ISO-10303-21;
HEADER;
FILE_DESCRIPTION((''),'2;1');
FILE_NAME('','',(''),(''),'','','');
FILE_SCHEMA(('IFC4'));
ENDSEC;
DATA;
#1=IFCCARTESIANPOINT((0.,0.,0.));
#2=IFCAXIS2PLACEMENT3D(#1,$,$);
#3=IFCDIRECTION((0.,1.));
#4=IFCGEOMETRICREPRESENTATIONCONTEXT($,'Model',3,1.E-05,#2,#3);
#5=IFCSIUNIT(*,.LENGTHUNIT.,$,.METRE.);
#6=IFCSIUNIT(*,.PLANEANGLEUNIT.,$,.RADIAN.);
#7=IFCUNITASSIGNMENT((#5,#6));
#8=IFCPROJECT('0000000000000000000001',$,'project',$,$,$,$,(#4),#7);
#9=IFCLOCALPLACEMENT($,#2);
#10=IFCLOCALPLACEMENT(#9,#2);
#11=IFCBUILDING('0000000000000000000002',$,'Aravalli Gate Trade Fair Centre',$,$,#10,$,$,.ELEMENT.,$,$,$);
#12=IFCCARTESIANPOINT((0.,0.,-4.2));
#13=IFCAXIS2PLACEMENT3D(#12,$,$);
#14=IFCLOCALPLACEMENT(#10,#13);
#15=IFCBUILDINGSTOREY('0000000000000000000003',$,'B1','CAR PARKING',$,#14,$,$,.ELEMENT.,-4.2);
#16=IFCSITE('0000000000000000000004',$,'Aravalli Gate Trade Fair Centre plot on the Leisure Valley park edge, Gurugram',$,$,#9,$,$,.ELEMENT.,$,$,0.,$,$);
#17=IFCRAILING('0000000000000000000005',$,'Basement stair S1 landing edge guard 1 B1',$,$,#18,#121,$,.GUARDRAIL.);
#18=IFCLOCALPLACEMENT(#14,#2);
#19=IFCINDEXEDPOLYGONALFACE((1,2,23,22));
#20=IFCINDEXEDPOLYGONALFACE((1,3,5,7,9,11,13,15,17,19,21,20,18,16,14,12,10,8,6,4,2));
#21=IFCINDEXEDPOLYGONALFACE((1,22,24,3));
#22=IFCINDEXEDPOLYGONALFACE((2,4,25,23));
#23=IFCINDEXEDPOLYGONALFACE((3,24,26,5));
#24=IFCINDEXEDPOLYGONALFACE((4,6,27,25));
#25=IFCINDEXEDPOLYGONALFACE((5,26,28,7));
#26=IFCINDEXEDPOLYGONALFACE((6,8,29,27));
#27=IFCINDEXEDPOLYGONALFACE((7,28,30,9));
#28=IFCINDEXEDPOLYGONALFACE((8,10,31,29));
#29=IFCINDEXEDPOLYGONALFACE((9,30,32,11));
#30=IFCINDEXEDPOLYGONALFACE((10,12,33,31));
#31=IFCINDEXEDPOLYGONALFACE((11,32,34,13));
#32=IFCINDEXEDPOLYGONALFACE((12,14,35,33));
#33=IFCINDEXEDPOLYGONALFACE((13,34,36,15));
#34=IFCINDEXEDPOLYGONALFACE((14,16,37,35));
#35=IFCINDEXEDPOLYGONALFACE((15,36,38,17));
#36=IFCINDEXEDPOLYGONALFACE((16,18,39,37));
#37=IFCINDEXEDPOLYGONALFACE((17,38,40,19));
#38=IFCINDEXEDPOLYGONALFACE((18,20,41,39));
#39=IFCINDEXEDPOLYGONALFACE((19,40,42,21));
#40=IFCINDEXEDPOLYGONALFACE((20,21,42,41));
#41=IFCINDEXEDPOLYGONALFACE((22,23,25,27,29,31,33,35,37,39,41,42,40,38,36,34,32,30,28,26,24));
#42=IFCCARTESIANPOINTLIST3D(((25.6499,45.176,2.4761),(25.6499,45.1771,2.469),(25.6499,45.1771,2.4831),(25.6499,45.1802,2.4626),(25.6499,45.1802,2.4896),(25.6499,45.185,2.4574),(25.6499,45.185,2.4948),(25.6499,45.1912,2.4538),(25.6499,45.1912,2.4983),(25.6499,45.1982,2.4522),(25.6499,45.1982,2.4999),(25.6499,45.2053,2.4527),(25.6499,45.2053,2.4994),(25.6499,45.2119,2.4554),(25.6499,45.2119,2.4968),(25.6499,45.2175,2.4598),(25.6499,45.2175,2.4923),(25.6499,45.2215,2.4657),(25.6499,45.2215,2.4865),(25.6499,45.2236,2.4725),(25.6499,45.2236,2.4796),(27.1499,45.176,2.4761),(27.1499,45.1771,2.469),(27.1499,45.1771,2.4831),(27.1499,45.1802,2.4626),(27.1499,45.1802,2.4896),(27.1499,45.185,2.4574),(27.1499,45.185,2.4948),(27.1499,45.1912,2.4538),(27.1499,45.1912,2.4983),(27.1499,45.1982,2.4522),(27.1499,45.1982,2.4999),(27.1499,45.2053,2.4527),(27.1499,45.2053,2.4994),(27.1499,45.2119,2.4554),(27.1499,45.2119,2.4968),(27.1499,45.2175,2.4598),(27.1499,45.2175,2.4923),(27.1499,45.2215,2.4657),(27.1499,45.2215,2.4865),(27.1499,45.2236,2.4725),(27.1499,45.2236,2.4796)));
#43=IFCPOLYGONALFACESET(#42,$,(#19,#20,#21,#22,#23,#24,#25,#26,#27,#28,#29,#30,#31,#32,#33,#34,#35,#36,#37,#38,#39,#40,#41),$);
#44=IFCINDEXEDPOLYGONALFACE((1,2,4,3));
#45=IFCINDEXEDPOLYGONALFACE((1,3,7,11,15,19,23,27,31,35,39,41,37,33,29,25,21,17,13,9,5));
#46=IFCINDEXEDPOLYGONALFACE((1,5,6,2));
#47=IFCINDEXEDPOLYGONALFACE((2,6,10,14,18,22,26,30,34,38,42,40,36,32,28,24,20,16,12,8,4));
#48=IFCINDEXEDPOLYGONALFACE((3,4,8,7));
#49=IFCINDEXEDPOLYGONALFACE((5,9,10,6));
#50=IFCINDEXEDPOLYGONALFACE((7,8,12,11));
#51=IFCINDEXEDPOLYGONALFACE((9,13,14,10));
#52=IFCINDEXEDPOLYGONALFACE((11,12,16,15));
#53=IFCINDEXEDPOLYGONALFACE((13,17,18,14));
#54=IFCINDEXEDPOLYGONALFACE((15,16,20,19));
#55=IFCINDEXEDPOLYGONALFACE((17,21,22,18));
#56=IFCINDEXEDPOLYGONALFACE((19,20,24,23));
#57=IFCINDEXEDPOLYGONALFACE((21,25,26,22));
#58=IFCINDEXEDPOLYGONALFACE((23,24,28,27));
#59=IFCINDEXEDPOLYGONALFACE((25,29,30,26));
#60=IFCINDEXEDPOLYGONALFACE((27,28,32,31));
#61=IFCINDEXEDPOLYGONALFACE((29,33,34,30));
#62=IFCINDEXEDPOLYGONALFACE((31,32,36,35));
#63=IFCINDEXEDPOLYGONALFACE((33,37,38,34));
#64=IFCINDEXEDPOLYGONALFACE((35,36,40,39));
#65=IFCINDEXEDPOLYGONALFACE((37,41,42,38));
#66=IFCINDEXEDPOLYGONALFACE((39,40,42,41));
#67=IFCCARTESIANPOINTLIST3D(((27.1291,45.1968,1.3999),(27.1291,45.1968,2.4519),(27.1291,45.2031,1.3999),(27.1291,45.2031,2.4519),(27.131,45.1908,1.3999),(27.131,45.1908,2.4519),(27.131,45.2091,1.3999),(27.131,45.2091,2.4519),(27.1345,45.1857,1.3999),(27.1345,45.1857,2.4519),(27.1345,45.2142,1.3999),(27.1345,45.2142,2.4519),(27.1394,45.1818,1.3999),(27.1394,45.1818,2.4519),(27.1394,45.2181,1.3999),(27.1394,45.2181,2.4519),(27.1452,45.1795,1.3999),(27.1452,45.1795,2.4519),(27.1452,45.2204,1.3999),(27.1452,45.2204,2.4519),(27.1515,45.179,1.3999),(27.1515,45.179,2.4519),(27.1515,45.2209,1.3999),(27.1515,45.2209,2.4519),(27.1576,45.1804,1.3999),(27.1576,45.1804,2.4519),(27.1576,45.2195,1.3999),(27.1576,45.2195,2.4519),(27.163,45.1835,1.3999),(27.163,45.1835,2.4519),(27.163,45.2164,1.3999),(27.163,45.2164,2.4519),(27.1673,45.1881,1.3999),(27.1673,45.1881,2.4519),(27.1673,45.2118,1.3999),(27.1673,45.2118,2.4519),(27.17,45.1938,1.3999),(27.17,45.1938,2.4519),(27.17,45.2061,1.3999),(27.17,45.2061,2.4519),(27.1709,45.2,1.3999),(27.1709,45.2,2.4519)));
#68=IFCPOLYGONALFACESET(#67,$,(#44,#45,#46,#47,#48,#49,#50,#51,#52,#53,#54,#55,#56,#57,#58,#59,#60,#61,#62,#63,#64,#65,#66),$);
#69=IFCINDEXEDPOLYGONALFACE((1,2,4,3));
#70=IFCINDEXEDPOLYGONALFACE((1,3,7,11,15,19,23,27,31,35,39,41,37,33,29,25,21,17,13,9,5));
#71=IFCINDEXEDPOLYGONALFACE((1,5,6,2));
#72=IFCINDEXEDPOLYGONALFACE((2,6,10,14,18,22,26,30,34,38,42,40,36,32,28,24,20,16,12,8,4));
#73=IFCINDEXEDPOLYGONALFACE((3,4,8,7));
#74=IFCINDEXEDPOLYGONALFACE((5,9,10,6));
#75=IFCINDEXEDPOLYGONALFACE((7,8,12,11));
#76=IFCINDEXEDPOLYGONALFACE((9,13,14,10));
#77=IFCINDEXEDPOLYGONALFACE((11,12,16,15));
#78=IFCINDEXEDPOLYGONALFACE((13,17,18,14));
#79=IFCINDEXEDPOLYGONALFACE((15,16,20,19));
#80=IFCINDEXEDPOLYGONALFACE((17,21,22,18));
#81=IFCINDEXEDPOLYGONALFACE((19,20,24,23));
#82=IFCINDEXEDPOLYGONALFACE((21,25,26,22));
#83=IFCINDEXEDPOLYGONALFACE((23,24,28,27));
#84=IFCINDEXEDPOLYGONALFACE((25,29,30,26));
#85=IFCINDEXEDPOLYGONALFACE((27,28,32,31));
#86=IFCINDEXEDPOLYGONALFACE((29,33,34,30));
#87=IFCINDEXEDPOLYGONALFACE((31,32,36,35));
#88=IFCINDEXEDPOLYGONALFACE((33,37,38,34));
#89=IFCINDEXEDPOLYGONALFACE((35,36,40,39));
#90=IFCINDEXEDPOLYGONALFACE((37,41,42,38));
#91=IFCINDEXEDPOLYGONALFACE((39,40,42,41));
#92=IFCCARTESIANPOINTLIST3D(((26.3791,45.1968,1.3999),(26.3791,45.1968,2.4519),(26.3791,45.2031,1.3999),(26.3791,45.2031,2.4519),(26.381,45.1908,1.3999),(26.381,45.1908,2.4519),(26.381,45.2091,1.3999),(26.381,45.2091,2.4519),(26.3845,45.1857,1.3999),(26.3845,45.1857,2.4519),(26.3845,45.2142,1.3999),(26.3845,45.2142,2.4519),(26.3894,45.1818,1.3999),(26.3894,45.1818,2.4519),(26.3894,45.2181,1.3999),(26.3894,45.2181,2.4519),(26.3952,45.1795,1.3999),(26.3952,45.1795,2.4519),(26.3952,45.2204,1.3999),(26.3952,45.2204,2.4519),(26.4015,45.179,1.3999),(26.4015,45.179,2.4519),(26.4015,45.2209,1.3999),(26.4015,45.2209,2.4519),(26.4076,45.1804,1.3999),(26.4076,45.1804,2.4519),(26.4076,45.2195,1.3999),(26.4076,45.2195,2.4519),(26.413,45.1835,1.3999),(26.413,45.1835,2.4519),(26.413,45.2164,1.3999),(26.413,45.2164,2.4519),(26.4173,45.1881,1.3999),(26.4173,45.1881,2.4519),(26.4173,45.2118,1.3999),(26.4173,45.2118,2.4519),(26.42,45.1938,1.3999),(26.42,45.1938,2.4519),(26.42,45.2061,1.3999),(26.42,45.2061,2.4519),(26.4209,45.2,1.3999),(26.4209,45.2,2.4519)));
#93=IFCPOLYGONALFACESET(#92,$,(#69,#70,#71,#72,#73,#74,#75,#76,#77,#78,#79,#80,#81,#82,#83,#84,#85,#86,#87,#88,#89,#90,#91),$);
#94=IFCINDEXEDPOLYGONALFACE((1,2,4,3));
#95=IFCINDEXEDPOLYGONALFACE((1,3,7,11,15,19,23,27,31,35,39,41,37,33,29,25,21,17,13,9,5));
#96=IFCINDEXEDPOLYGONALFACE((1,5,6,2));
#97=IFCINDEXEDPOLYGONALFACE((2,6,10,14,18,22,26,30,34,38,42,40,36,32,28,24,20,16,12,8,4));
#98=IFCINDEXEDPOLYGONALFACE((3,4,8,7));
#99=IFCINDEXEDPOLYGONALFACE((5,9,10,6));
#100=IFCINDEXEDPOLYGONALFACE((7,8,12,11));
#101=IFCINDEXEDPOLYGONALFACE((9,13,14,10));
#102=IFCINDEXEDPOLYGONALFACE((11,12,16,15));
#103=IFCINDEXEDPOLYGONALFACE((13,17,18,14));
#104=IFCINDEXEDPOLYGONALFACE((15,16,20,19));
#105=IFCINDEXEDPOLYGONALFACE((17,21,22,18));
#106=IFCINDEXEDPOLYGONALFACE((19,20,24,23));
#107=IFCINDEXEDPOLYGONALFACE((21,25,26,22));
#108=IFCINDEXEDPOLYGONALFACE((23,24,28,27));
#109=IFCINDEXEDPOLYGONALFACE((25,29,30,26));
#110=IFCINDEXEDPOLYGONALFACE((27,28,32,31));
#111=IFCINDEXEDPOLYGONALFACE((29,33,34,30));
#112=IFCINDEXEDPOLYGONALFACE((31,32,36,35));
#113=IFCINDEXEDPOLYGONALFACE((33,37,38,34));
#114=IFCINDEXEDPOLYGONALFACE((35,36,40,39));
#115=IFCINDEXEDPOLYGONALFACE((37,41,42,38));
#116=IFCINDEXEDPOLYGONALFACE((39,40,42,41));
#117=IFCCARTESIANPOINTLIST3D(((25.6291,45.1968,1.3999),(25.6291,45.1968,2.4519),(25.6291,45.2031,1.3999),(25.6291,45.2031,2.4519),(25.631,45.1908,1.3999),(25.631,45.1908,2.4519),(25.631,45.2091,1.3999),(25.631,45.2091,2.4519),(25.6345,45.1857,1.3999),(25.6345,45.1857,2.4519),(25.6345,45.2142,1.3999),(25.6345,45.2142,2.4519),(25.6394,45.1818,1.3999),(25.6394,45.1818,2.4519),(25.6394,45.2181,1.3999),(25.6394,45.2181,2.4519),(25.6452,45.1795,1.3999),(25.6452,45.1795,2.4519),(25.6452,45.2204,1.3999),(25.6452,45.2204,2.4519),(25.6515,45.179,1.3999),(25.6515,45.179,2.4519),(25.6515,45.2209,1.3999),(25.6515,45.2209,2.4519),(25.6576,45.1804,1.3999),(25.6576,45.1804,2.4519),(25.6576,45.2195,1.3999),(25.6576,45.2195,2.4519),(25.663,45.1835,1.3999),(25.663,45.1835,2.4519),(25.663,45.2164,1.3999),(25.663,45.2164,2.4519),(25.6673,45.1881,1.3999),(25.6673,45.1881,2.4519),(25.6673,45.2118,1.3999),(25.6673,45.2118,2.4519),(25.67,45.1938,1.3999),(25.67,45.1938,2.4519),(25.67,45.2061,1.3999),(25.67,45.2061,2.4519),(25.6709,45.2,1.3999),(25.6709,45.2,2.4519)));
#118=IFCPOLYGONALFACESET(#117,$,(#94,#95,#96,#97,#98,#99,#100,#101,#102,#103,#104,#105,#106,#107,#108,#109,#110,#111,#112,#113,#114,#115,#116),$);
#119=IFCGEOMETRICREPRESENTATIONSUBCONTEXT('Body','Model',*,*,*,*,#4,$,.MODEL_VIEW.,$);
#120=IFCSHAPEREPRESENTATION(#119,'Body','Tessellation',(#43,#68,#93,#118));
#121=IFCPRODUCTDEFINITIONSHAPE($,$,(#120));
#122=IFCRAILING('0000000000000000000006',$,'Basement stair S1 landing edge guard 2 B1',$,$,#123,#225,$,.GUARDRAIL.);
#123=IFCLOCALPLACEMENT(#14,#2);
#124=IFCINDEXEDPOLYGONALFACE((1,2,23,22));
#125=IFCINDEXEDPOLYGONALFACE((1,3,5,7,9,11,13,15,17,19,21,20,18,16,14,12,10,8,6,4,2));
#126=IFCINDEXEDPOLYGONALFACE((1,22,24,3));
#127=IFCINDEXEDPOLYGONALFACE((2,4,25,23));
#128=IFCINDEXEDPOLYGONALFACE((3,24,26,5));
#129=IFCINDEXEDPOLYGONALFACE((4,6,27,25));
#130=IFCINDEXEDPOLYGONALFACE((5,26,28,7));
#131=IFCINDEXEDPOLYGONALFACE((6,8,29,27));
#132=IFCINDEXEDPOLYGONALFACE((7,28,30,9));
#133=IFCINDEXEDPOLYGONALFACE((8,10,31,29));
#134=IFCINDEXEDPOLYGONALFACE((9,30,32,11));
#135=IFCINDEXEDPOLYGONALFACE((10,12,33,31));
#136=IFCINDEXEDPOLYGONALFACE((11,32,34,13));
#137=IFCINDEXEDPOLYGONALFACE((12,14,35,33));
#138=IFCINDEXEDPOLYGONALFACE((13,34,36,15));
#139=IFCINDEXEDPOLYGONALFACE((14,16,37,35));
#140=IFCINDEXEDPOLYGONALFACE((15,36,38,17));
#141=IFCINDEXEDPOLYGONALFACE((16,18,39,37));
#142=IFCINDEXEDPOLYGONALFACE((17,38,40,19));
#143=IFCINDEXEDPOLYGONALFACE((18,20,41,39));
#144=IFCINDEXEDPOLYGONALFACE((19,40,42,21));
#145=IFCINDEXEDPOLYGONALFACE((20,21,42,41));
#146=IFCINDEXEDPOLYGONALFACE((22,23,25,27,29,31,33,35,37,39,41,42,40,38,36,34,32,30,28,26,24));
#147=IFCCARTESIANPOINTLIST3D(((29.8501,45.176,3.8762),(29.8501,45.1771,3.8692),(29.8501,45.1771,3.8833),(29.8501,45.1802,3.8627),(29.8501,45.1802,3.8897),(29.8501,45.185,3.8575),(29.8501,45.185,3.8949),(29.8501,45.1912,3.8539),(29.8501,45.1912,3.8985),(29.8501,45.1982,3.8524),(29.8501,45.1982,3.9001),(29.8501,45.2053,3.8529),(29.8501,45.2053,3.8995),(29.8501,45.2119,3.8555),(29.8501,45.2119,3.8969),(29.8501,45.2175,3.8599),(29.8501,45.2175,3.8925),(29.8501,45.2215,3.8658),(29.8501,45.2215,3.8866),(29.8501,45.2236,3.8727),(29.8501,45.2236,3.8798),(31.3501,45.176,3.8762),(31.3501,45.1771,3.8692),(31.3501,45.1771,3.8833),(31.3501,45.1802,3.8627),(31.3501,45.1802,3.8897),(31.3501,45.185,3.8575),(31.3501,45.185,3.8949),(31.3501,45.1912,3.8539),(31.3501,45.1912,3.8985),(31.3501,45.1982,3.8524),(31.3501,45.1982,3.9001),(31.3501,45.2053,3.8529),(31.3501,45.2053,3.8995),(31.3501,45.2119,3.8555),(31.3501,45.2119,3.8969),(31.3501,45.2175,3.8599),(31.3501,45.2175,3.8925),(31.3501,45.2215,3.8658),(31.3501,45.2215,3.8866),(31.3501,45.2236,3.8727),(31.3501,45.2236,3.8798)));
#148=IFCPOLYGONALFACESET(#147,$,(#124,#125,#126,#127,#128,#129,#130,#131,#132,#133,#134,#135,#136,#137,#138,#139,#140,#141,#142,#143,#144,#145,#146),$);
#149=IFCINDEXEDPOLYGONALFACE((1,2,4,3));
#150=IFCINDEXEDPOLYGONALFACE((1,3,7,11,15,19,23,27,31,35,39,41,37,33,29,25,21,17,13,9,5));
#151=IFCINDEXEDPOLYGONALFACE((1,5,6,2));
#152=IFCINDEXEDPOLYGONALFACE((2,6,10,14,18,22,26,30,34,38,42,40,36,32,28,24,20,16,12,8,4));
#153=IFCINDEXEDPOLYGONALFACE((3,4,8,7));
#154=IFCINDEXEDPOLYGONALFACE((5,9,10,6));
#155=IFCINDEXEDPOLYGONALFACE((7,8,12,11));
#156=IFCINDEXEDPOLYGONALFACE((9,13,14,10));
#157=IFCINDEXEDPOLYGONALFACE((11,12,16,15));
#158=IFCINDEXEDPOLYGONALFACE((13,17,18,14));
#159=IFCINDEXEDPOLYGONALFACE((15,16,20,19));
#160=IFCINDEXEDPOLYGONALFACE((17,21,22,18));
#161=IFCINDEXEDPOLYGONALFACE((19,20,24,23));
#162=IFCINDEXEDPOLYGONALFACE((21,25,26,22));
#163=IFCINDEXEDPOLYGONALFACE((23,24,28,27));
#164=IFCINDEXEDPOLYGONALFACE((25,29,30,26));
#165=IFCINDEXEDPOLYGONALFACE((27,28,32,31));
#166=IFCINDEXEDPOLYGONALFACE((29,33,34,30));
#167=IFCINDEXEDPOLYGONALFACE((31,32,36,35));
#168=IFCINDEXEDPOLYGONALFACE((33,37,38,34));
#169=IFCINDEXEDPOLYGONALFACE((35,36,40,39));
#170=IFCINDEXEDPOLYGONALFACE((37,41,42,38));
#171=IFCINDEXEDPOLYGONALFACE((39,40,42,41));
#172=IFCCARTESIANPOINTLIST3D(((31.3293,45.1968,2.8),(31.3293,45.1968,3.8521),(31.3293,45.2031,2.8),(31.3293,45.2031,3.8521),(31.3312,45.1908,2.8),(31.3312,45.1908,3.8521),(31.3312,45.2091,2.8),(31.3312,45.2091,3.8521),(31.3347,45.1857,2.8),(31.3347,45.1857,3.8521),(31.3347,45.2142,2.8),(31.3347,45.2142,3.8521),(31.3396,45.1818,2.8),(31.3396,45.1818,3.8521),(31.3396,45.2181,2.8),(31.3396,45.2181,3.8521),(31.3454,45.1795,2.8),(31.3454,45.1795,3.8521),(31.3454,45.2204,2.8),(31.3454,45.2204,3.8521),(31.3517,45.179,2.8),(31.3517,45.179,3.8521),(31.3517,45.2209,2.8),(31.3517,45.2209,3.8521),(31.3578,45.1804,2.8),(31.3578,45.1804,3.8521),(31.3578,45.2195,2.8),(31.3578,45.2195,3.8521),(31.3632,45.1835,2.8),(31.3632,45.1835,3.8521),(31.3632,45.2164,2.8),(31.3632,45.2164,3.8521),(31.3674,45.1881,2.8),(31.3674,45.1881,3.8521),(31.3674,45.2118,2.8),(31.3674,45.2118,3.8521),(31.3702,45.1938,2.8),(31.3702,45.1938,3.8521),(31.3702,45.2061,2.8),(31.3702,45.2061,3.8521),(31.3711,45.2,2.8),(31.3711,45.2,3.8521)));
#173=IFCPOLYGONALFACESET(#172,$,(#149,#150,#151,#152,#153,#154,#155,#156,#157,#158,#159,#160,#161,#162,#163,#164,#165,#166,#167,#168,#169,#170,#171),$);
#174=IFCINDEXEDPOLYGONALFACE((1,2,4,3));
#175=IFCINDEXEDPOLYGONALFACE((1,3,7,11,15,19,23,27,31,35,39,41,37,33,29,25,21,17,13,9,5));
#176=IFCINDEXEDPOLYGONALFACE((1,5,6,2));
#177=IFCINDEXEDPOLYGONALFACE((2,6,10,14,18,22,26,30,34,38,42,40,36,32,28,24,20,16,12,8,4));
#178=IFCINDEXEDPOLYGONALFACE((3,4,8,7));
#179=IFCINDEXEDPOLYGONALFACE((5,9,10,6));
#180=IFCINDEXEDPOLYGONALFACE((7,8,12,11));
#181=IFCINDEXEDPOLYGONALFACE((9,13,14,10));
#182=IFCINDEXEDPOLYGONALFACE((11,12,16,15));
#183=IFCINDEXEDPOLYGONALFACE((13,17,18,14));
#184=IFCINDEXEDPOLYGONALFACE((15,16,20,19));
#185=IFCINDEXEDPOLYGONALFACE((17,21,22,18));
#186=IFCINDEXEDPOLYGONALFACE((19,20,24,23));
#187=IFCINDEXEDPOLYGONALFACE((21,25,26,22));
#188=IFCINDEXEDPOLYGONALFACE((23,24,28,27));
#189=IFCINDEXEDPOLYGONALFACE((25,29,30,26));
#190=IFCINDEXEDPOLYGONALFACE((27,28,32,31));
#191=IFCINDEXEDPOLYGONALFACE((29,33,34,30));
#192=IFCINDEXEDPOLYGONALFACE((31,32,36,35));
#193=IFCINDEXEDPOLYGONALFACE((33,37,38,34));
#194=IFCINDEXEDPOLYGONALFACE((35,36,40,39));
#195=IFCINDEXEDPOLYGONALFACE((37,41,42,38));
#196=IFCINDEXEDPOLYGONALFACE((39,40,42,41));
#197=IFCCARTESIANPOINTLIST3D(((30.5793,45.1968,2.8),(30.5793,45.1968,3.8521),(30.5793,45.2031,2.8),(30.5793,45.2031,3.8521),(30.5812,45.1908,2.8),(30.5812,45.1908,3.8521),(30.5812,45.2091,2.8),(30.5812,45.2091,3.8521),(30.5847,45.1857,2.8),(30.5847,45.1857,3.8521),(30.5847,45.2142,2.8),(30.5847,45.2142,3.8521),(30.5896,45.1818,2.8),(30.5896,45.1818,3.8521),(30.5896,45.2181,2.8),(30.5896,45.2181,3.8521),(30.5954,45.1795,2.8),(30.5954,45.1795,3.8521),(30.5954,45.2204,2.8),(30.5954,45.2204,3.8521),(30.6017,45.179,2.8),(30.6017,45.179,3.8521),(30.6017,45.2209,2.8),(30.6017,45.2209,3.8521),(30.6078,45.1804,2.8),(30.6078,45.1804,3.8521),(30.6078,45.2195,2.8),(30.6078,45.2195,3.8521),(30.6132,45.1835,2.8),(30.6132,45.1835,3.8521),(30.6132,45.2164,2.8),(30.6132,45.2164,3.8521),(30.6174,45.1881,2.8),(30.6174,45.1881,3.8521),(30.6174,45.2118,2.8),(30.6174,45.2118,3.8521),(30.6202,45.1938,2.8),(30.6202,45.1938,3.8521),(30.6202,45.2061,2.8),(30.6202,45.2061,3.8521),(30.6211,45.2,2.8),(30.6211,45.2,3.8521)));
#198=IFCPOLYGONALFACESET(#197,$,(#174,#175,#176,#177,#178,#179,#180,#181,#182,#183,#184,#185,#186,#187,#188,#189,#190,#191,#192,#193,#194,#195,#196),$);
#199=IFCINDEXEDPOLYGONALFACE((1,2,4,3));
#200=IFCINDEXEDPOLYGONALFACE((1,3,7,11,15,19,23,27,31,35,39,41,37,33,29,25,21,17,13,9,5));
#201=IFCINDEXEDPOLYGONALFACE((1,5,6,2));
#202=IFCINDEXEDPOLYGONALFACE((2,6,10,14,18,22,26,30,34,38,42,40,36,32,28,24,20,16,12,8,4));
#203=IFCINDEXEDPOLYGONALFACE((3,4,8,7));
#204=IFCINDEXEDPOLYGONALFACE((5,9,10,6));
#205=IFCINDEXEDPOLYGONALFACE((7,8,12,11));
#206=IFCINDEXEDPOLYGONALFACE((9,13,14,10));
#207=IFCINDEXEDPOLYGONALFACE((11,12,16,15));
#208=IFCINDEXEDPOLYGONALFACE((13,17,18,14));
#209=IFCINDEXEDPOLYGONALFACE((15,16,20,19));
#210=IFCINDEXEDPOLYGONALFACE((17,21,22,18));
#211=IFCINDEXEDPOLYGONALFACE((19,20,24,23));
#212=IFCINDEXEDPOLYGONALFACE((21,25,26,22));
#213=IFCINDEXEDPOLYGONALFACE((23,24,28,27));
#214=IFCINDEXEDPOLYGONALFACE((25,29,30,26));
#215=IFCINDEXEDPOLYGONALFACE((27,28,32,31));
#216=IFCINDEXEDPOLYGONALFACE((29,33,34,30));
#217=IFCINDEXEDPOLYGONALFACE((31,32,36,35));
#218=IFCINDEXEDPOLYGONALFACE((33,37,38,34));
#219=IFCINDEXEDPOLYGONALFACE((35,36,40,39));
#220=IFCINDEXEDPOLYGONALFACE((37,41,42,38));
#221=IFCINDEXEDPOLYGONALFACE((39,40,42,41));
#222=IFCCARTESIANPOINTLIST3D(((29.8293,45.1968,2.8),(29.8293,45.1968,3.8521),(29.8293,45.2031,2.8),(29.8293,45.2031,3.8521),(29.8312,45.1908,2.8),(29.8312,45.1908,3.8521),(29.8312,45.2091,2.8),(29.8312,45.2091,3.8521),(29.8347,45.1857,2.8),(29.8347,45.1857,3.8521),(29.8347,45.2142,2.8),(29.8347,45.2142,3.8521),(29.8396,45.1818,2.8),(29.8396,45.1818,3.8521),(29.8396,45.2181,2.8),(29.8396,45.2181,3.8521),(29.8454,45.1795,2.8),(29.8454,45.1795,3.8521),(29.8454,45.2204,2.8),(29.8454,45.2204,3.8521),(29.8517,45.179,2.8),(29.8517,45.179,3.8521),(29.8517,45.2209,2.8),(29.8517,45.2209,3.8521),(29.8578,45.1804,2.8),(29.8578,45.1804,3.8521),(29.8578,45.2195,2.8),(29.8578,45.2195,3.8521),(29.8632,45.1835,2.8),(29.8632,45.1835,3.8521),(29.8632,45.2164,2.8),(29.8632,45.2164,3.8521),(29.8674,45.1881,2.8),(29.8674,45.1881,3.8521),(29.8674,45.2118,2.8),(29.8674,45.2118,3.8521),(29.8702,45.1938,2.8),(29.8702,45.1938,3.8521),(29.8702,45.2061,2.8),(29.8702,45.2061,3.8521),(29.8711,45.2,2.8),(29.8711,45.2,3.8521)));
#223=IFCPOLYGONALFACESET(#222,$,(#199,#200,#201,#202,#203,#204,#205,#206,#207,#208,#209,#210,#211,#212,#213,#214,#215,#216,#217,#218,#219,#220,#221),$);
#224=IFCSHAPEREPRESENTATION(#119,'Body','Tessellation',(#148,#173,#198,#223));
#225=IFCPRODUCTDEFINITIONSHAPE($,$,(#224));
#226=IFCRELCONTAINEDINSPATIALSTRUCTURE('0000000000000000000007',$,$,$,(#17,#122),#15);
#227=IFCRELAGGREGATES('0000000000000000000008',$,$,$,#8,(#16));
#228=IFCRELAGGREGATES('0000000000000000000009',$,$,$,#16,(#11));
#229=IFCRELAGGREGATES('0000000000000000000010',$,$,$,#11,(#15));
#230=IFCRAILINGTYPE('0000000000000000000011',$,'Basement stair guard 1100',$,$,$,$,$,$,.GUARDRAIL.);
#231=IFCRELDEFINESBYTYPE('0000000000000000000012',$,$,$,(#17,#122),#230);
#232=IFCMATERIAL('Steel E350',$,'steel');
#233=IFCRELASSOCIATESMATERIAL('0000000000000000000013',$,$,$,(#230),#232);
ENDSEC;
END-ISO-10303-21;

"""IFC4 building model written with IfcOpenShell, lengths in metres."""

from ifc_helpers import new_model, si_unit, direction, frame, origin, origin_2d, place, context, subcontext, project, spatial, circle, extrude, material, type_object, element, save


model = new_model("IFC4")

# Units and contexts
model_context = context("Model", 3, precision=1e-05, world=origin(), true_north=direction((0.0, 1.0)))
body_context = subcontext(model_context, "Body", "Model", "MODEL_VIEW")
ifc_project = project(units=[si_unit("LENGTHUNIT", "METRE"), si_unit("PLANEANGLEUNIT", "RADIAN")], contexts=[model_context])

# Site, building, storey
site_placement = place(None, origin())
site = spatial("IfcSite", under=ifc_project, at=site_placement, Name="Aravalli Gate Trade Fair Centre plot on the Leisure Valley park edge, Gurugram", CompositionType="ELEMENT", RefElevation=0.0)
building_placement = place(site_placement, origin())
building = spatial("IfcBuilding", under=site, at=building_placement, Name="Aravalli Gate Trade Fair Centre", CompositionType="ELEMENT")
storey_placement = place(building_placement, frame((0.0, 0.0, -4.2)))
storey = spatial("IfcBuildingStorey", under=building, at=storey_placement, Name="B1", Description="CAR PARKING", CompositionType="ELEMENT", Elevation=-4.2)

# Railings
ifc_material_1 = material(Name="Steel E350", Category="steel")
railing_type_1 = type_object("IfcRailingType", Name="Basement stair guard 1100", PredefinedType="GUARDRAIL", material=ifc_material_1)
for number, where, name in (
    (1, (27.1499, 45.2, 1.3999), "Basement stair S1 landing edge guard 1 B1"),
    (2, (31.3501, 45.2, 2.8), "Basement stair S1 landing edge guard 2 B1"),
):
    element("IfcRailing", number, at=place(storey_placement, frame(where)), inside=storey, type_object=railing_type_1, Name=name, PredefinedType="GUARDRAIL", context=body_context, shape_type="SweptSolid", body=[
        extrude(circle(Radius=0.0239, at=origin_2d()), frame((0.0, 0.0, 1.0762), z_axis=(-1.0, 0.0, 0.0), x_axis=(0.0, -1.0, 0.0)), (0.0, 0.0, 1.0), 1.5),
        extrude(circle(Radius=0.021, at=origin_2d()), origin(), (0.0, 0.0, 1.0), 1.052),
        extrude(circle(Radius=0.021, at=origin_2d()), frame((-0.75, 0.0, 0.0)), (0.0, 0.0, 1.0), 1.052),
        extrude(circle(Radius=0.021, at=origin_2d()), frame((-1.5, 0.0, 0.0)), (0.0, 0.0, 1.0), 1.052),
    ])

save(model, "model.ifc")
